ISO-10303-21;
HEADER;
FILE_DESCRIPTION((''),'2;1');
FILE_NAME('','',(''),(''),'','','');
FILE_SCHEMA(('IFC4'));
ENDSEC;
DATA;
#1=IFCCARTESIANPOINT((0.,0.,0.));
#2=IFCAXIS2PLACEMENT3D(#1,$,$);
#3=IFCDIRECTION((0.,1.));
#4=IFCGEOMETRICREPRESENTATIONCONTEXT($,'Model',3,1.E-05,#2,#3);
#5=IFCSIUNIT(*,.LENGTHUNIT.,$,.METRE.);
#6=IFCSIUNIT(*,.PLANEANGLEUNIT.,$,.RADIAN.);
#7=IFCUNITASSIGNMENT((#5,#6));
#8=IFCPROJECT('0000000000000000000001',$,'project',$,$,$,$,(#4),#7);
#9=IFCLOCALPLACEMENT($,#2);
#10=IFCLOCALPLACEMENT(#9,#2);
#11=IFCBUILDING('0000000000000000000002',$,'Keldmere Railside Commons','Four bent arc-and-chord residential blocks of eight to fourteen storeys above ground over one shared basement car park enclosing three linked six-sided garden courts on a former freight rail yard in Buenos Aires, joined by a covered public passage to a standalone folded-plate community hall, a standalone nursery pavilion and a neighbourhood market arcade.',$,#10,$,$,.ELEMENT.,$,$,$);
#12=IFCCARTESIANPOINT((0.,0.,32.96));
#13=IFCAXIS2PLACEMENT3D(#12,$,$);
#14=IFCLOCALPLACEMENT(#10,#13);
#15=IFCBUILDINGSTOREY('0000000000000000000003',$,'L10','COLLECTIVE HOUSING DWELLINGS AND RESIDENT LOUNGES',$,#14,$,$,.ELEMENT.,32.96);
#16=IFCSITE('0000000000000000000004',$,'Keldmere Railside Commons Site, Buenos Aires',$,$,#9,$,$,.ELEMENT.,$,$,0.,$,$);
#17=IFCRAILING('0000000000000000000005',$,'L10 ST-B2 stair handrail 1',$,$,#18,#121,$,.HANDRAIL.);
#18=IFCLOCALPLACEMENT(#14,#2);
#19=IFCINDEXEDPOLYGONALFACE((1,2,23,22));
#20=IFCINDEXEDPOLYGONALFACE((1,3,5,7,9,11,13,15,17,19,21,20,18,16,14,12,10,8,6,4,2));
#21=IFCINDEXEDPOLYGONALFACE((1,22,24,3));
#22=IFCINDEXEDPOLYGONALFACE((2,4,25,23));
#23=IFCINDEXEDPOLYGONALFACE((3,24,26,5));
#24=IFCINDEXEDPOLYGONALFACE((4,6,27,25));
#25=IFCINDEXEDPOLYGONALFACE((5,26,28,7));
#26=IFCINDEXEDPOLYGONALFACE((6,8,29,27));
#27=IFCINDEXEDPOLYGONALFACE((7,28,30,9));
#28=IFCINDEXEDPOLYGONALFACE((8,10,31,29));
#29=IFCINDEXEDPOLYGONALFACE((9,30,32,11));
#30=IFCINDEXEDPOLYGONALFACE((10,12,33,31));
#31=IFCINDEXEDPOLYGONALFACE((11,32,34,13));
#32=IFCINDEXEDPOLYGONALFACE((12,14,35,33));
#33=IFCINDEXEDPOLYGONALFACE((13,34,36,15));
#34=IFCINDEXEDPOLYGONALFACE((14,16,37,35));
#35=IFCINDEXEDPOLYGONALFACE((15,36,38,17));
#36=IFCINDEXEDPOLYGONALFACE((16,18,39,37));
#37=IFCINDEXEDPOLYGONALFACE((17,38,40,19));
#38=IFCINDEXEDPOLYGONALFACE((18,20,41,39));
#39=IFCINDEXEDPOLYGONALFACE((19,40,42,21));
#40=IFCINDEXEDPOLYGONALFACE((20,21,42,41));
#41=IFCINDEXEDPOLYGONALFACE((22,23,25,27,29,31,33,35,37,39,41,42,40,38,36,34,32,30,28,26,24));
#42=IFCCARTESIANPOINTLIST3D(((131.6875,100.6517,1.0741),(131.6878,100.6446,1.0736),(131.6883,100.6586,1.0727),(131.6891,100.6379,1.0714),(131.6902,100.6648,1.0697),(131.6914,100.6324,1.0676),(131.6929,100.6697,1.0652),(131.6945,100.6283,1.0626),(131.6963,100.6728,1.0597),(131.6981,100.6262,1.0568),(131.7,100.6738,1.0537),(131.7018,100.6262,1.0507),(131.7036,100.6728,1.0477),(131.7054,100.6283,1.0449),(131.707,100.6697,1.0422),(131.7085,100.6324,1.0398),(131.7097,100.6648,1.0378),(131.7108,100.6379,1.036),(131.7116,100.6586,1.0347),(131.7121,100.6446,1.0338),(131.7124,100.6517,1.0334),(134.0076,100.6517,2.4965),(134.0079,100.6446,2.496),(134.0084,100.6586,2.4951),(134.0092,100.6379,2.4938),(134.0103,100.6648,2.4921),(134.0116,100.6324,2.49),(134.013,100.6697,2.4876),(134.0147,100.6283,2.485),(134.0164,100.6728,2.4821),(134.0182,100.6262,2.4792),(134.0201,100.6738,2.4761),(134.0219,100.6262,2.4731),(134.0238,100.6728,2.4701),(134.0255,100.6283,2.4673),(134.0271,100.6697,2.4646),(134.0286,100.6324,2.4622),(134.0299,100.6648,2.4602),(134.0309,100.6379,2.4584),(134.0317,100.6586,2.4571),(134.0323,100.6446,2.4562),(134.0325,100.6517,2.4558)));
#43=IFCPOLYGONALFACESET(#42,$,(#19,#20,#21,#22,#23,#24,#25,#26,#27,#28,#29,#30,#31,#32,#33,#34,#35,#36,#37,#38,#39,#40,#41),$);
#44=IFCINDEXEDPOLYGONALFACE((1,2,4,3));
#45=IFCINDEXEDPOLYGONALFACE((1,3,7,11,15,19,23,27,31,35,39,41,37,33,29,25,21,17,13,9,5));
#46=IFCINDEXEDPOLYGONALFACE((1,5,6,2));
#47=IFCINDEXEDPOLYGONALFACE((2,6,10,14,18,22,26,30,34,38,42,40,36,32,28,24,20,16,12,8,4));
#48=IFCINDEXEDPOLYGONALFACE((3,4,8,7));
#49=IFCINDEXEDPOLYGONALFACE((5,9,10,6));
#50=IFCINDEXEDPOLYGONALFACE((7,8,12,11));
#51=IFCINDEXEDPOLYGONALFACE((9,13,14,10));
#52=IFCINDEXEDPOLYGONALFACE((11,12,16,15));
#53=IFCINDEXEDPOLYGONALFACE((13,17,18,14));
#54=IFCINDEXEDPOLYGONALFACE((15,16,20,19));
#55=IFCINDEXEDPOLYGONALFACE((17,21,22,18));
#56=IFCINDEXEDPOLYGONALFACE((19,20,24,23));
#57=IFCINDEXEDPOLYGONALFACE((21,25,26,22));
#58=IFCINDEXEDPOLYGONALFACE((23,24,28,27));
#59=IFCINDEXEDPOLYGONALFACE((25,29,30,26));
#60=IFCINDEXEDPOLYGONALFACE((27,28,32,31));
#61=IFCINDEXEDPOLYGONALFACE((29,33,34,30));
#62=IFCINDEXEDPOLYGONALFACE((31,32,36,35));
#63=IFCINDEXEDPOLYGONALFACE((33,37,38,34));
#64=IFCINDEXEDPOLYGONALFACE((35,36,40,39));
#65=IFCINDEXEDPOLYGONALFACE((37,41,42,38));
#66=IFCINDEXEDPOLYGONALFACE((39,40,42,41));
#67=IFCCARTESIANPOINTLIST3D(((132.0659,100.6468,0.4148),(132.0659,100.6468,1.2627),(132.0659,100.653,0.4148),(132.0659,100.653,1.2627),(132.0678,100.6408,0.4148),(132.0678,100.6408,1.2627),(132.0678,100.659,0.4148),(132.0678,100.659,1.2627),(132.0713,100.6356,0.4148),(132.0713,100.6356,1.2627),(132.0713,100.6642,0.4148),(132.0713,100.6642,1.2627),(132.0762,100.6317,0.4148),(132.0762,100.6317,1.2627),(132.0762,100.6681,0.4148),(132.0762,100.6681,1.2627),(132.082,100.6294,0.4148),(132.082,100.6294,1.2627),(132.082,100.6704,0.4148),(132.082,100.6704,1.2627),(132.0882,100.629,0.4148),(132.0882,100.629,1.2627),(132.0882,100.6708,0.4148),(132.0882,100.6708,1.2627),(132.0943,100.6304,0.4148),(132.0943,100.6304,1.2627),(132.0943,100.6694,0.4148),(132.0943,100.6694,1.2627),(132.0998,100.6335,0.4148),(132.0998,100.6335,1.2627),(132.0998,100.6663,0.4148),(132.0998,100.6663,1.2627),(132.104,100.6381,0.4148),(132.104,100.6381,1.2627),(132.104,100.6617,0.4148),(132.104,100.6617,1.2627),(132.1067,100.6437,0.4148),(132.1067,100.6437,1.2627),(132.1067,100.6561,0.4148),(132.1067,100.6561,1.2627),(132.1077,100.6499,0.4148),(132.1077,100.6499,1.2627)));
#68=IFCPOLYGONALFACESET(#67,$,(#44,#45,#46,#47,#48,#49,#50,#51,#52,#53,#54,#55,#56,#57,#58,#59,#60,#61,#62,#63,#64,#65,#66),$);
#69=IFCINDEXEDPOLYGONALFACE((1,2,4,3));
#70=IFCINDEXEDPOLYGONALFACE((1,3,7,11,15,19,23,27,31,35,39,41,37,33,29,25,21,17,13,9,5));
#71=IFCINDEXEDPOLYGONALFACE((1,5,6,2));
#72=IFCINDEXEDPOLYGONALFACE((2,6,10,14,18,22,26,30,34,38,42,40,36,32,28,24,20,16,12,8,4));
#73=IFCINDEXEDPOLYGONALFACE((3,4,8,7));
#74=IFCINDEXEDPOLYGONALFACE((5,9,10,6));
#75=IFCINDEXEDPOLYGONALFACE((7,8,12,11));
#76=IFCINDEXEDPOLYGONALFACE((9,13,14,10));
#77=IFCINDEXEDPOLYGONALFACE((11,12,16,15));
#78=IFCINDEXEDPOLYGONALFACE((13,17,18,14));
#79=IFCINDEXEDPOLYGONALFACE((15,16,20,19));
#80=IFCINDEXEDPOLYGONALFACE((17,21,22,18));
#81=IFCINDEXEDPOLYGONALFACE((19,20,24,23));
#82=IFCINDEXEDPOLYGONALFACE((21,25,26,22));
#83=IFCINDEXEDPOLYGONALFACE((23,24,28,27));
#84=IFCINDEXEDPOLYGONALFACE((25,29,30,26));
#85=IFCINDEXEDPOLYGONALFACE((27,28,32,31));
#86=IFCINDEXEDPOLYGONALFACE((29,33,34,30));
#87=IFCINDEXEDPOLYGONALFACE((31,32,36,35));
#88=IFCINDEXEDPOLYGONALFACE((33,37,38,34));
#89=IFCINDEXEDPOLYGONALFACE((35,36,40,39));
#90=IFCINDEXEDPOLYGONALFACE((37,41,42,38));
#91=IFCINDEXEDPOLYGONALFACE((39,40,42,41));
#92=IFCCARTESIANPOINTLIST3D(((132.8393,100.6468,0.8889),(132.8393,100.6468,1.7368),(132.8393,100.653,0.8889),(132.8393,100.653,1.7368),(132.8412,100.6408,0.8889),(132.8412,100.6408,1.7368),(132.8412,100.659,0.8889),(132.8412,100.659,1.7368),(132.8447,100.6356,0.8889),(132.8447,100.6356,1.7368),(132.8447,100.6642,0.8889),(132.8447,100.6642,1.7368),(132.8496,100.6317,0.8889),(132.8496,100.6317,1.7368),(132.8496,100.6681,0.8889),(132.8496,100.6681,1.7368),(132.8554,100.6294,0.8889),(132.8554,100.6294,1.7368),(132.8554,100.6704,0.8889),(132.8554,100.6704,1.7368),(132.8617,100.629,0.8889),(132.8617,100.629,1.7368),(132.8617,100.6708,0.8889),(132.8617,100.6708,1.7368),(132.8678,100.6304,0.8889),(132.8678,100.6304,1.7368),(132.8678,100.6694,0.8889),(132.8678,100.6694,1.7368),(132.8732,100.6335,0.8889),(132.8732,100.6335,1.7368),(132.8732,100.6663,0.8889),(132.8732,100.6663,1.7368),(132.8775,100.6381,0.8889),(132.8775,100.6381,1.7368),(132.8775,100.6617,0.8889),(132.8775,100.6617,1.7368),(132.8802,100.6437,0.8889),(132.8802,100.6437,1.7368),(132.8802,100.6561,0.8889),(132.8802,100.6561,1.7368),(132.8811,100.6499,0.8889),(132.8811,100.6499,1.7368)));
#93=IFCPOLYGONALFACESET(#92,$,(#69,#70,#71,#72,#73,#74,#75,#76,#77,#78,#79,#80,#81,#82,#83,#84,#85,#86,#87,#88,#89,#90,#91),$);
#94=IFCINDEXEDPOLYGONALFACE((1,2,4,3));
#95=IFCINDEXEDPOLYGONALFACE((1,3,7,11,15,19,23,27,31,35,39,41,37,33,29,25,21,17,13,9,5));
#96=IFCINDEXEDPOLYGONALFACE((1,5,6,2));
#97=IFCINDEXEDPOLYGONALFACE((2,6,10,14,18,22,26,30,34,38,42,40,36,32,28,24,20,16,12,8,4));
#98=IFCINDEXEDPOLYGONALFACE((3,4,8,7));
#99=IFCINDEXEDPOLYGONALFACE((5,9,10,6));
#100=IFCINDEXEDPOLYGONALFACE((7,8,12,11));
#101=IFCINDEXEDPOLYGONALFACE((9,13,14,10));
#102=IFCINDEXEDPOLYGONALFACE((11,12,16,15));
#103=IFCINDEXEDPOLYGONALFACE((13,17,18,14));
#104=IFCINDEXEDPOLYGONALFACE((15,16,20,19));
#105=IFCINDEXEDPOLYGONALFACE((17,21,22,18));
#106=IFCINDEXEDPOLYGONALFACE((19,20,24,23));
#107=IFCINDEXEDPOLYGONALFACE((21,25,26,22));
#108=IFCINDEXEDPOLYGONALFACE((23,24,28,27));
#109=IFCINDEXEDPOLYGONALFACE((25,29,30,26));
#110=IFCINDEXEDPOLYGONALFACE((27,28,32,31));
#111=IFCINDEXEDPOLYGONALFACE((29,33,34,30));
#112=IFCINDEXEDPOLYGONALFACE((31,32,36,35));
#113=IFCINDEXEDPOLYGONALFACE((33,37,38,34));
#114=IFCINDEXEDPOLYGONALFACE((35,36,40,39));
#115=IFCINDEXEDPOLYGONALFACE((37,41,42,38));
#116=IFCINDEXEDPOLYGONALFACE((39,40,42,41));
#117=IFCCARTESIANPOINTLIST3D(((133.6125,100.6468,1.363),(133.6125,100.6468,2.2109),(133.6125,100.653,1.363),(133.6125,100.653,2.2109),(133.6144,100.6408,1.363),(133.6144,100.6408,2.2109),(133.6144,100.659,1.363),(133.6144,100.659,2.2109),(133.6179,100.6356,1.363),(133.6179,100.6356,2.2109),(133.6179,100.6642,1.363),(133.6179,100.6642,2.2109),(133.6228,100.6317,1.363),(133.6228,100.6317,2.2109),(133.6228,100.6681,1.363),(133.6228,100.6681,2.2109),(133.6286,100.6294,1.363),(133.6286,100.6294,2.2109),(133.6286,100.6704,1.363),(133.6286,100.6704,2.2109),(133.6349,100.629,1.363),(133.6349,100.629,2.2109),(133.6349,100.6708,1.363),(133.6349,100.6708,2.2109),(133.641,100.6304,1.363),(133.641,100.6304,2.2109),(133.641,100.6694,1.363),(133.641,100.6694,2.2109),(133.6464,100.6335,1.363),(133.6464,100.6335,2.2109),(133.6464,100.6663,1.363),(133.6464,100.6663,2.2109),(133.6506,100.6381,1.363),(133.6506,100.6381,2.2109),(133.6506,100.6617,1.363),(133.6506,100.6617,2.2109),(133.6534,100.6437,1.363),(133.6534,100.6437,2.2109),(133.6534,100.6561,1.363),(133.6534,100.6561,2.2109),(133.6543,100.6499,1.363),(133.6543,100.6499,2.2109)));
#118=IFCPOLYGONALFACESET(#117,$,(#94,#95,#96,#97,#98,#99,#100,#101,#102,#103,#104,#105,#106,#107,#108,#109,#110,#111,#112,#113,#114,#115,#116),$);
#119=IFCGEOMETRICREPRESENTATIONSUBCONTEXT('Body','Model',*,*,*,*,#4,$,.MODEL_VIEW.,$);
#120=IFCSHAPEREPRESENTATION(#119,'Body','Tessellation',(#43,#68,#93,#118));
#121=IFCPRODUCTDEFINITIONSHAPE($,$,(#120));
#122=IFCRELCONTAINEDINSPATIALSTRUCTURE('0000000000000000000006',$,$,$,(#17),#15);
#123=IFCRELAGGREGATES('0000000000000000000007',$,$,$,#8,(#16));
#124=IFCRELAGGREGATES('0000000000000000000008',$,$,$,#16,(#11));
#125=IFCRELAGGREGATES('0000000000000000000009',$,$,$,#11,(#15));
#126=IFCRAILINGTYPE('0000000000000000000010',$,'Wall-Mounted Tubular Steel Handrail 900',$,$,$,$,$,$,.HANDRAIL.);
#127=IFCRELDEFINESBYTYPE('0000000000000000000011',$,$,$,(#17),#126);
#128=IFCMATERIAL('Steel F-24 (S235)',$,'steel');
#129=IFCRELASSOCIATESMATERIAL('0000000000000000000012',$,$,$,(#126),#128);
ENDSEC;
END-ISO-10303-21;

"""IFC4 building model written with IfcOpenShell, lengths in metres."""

from ifc_helpers import new_model, si_unit, direction, frame, origin, origin_2d, place, context, subcontext, project, spatial, circle, extrude, material, type_object, element, save


model = new_model("IFC4")

# Units and contexts
model_context = context("Model", 3, precision=1e-05, world=origin(), true_north=direction((0.0, 1.0)))
body_context = subcontext(model_context, "Body", "Model", "MODEL_VIEW")
ifc_project = project(units=[si_unit("LENGTHUNIT", "METRE"), si_unit("PLANEANGLEUNIT", "RADIAN")], contexts=[model_context])

# Site, building, storey
site_placement = place(None, origin())
site = spatial("IfcSite", under=ifc_project, at=site_placement, Name="Keldmere Railside Commons Site, Buenos Aires", CompositionType="ELEMENT", RefElevation=0.0)
building_placement = place(site_placement, origin())
building = spatial("IfcBuilding", under=site, at=building_placement, Name="Keldmere Railside Commons", Description="Four bent arc-and-chord residential blocks of eight to fourteen storeys above ground over one shared basement car park enclosing three linked six-sided garden courts on a former freight rail yard in Buenos Aires, joined by a covered public passage to a standalone folded-plate community hall, a standalone nursery pavilion and a neighbourhood market arcade.", CompositionType="ELEMENT")
storey_placement = place(building_placement, frame((0.0, 0.0, 32.96)))
storey = spatial("IfcBuildingStorey", under=building, at=storey_placement, Name="L10", Description="COLLECTIVE HOUSING DWELLINGS AND RESIDENT LOUNGES", CompositionType="ELEMENT", Elevation=32.96)

# Railing
ifc_material_1 = material(Name="Steel F-24 (S235)", Category="steel")
railing_type_1 = type_object("IfcRailingType", Name="Wall-Mounted Tubular Steel Handrail 900", PredefinedType="HANDRAIL", material=ifc_material_1)
railing_1_placement = place(storey_placement, frame((131.7, 100.6499, 0.1777)))
element("IfcRailing", 1, at=railing_1_placement, inside=storey, type_object=railing_type_1, Name="L10 ST-B2 stair handrail 1", PredefinedType="HANDRAIL", context=body_context, shape_type="SweptSolid", body=[
    extrude(circle(Radius=0.0239, at=origin_2d()), frame((0.0, 0.0, 0.876), z_axis=(0.852538, 0.0, 0.522665), x_axis=(0.0, 1.0, 0.0)), (0.0, 0.0, 1.0), 2.7214),
    extrude(circle(Radius=0.021, at=origin_2d()), frame((0.3867, 0.0, 0.2371)), (0.0, 0.0, 1.0), 0.8479),
    extrude(circle(Radius=0.021, at=origin_2d()), frame((1.1602, 0.0, 0.7112)), (0.0, 0.0, 1.0), 0.8479),
    extrude(circle(Radius=0.021, at=origin_2d()), frame((1.9333, 0.0, 1.1853)), (0.0, 0.0, 1.0), 0.8479),
])

save(model, "model.ifc")
